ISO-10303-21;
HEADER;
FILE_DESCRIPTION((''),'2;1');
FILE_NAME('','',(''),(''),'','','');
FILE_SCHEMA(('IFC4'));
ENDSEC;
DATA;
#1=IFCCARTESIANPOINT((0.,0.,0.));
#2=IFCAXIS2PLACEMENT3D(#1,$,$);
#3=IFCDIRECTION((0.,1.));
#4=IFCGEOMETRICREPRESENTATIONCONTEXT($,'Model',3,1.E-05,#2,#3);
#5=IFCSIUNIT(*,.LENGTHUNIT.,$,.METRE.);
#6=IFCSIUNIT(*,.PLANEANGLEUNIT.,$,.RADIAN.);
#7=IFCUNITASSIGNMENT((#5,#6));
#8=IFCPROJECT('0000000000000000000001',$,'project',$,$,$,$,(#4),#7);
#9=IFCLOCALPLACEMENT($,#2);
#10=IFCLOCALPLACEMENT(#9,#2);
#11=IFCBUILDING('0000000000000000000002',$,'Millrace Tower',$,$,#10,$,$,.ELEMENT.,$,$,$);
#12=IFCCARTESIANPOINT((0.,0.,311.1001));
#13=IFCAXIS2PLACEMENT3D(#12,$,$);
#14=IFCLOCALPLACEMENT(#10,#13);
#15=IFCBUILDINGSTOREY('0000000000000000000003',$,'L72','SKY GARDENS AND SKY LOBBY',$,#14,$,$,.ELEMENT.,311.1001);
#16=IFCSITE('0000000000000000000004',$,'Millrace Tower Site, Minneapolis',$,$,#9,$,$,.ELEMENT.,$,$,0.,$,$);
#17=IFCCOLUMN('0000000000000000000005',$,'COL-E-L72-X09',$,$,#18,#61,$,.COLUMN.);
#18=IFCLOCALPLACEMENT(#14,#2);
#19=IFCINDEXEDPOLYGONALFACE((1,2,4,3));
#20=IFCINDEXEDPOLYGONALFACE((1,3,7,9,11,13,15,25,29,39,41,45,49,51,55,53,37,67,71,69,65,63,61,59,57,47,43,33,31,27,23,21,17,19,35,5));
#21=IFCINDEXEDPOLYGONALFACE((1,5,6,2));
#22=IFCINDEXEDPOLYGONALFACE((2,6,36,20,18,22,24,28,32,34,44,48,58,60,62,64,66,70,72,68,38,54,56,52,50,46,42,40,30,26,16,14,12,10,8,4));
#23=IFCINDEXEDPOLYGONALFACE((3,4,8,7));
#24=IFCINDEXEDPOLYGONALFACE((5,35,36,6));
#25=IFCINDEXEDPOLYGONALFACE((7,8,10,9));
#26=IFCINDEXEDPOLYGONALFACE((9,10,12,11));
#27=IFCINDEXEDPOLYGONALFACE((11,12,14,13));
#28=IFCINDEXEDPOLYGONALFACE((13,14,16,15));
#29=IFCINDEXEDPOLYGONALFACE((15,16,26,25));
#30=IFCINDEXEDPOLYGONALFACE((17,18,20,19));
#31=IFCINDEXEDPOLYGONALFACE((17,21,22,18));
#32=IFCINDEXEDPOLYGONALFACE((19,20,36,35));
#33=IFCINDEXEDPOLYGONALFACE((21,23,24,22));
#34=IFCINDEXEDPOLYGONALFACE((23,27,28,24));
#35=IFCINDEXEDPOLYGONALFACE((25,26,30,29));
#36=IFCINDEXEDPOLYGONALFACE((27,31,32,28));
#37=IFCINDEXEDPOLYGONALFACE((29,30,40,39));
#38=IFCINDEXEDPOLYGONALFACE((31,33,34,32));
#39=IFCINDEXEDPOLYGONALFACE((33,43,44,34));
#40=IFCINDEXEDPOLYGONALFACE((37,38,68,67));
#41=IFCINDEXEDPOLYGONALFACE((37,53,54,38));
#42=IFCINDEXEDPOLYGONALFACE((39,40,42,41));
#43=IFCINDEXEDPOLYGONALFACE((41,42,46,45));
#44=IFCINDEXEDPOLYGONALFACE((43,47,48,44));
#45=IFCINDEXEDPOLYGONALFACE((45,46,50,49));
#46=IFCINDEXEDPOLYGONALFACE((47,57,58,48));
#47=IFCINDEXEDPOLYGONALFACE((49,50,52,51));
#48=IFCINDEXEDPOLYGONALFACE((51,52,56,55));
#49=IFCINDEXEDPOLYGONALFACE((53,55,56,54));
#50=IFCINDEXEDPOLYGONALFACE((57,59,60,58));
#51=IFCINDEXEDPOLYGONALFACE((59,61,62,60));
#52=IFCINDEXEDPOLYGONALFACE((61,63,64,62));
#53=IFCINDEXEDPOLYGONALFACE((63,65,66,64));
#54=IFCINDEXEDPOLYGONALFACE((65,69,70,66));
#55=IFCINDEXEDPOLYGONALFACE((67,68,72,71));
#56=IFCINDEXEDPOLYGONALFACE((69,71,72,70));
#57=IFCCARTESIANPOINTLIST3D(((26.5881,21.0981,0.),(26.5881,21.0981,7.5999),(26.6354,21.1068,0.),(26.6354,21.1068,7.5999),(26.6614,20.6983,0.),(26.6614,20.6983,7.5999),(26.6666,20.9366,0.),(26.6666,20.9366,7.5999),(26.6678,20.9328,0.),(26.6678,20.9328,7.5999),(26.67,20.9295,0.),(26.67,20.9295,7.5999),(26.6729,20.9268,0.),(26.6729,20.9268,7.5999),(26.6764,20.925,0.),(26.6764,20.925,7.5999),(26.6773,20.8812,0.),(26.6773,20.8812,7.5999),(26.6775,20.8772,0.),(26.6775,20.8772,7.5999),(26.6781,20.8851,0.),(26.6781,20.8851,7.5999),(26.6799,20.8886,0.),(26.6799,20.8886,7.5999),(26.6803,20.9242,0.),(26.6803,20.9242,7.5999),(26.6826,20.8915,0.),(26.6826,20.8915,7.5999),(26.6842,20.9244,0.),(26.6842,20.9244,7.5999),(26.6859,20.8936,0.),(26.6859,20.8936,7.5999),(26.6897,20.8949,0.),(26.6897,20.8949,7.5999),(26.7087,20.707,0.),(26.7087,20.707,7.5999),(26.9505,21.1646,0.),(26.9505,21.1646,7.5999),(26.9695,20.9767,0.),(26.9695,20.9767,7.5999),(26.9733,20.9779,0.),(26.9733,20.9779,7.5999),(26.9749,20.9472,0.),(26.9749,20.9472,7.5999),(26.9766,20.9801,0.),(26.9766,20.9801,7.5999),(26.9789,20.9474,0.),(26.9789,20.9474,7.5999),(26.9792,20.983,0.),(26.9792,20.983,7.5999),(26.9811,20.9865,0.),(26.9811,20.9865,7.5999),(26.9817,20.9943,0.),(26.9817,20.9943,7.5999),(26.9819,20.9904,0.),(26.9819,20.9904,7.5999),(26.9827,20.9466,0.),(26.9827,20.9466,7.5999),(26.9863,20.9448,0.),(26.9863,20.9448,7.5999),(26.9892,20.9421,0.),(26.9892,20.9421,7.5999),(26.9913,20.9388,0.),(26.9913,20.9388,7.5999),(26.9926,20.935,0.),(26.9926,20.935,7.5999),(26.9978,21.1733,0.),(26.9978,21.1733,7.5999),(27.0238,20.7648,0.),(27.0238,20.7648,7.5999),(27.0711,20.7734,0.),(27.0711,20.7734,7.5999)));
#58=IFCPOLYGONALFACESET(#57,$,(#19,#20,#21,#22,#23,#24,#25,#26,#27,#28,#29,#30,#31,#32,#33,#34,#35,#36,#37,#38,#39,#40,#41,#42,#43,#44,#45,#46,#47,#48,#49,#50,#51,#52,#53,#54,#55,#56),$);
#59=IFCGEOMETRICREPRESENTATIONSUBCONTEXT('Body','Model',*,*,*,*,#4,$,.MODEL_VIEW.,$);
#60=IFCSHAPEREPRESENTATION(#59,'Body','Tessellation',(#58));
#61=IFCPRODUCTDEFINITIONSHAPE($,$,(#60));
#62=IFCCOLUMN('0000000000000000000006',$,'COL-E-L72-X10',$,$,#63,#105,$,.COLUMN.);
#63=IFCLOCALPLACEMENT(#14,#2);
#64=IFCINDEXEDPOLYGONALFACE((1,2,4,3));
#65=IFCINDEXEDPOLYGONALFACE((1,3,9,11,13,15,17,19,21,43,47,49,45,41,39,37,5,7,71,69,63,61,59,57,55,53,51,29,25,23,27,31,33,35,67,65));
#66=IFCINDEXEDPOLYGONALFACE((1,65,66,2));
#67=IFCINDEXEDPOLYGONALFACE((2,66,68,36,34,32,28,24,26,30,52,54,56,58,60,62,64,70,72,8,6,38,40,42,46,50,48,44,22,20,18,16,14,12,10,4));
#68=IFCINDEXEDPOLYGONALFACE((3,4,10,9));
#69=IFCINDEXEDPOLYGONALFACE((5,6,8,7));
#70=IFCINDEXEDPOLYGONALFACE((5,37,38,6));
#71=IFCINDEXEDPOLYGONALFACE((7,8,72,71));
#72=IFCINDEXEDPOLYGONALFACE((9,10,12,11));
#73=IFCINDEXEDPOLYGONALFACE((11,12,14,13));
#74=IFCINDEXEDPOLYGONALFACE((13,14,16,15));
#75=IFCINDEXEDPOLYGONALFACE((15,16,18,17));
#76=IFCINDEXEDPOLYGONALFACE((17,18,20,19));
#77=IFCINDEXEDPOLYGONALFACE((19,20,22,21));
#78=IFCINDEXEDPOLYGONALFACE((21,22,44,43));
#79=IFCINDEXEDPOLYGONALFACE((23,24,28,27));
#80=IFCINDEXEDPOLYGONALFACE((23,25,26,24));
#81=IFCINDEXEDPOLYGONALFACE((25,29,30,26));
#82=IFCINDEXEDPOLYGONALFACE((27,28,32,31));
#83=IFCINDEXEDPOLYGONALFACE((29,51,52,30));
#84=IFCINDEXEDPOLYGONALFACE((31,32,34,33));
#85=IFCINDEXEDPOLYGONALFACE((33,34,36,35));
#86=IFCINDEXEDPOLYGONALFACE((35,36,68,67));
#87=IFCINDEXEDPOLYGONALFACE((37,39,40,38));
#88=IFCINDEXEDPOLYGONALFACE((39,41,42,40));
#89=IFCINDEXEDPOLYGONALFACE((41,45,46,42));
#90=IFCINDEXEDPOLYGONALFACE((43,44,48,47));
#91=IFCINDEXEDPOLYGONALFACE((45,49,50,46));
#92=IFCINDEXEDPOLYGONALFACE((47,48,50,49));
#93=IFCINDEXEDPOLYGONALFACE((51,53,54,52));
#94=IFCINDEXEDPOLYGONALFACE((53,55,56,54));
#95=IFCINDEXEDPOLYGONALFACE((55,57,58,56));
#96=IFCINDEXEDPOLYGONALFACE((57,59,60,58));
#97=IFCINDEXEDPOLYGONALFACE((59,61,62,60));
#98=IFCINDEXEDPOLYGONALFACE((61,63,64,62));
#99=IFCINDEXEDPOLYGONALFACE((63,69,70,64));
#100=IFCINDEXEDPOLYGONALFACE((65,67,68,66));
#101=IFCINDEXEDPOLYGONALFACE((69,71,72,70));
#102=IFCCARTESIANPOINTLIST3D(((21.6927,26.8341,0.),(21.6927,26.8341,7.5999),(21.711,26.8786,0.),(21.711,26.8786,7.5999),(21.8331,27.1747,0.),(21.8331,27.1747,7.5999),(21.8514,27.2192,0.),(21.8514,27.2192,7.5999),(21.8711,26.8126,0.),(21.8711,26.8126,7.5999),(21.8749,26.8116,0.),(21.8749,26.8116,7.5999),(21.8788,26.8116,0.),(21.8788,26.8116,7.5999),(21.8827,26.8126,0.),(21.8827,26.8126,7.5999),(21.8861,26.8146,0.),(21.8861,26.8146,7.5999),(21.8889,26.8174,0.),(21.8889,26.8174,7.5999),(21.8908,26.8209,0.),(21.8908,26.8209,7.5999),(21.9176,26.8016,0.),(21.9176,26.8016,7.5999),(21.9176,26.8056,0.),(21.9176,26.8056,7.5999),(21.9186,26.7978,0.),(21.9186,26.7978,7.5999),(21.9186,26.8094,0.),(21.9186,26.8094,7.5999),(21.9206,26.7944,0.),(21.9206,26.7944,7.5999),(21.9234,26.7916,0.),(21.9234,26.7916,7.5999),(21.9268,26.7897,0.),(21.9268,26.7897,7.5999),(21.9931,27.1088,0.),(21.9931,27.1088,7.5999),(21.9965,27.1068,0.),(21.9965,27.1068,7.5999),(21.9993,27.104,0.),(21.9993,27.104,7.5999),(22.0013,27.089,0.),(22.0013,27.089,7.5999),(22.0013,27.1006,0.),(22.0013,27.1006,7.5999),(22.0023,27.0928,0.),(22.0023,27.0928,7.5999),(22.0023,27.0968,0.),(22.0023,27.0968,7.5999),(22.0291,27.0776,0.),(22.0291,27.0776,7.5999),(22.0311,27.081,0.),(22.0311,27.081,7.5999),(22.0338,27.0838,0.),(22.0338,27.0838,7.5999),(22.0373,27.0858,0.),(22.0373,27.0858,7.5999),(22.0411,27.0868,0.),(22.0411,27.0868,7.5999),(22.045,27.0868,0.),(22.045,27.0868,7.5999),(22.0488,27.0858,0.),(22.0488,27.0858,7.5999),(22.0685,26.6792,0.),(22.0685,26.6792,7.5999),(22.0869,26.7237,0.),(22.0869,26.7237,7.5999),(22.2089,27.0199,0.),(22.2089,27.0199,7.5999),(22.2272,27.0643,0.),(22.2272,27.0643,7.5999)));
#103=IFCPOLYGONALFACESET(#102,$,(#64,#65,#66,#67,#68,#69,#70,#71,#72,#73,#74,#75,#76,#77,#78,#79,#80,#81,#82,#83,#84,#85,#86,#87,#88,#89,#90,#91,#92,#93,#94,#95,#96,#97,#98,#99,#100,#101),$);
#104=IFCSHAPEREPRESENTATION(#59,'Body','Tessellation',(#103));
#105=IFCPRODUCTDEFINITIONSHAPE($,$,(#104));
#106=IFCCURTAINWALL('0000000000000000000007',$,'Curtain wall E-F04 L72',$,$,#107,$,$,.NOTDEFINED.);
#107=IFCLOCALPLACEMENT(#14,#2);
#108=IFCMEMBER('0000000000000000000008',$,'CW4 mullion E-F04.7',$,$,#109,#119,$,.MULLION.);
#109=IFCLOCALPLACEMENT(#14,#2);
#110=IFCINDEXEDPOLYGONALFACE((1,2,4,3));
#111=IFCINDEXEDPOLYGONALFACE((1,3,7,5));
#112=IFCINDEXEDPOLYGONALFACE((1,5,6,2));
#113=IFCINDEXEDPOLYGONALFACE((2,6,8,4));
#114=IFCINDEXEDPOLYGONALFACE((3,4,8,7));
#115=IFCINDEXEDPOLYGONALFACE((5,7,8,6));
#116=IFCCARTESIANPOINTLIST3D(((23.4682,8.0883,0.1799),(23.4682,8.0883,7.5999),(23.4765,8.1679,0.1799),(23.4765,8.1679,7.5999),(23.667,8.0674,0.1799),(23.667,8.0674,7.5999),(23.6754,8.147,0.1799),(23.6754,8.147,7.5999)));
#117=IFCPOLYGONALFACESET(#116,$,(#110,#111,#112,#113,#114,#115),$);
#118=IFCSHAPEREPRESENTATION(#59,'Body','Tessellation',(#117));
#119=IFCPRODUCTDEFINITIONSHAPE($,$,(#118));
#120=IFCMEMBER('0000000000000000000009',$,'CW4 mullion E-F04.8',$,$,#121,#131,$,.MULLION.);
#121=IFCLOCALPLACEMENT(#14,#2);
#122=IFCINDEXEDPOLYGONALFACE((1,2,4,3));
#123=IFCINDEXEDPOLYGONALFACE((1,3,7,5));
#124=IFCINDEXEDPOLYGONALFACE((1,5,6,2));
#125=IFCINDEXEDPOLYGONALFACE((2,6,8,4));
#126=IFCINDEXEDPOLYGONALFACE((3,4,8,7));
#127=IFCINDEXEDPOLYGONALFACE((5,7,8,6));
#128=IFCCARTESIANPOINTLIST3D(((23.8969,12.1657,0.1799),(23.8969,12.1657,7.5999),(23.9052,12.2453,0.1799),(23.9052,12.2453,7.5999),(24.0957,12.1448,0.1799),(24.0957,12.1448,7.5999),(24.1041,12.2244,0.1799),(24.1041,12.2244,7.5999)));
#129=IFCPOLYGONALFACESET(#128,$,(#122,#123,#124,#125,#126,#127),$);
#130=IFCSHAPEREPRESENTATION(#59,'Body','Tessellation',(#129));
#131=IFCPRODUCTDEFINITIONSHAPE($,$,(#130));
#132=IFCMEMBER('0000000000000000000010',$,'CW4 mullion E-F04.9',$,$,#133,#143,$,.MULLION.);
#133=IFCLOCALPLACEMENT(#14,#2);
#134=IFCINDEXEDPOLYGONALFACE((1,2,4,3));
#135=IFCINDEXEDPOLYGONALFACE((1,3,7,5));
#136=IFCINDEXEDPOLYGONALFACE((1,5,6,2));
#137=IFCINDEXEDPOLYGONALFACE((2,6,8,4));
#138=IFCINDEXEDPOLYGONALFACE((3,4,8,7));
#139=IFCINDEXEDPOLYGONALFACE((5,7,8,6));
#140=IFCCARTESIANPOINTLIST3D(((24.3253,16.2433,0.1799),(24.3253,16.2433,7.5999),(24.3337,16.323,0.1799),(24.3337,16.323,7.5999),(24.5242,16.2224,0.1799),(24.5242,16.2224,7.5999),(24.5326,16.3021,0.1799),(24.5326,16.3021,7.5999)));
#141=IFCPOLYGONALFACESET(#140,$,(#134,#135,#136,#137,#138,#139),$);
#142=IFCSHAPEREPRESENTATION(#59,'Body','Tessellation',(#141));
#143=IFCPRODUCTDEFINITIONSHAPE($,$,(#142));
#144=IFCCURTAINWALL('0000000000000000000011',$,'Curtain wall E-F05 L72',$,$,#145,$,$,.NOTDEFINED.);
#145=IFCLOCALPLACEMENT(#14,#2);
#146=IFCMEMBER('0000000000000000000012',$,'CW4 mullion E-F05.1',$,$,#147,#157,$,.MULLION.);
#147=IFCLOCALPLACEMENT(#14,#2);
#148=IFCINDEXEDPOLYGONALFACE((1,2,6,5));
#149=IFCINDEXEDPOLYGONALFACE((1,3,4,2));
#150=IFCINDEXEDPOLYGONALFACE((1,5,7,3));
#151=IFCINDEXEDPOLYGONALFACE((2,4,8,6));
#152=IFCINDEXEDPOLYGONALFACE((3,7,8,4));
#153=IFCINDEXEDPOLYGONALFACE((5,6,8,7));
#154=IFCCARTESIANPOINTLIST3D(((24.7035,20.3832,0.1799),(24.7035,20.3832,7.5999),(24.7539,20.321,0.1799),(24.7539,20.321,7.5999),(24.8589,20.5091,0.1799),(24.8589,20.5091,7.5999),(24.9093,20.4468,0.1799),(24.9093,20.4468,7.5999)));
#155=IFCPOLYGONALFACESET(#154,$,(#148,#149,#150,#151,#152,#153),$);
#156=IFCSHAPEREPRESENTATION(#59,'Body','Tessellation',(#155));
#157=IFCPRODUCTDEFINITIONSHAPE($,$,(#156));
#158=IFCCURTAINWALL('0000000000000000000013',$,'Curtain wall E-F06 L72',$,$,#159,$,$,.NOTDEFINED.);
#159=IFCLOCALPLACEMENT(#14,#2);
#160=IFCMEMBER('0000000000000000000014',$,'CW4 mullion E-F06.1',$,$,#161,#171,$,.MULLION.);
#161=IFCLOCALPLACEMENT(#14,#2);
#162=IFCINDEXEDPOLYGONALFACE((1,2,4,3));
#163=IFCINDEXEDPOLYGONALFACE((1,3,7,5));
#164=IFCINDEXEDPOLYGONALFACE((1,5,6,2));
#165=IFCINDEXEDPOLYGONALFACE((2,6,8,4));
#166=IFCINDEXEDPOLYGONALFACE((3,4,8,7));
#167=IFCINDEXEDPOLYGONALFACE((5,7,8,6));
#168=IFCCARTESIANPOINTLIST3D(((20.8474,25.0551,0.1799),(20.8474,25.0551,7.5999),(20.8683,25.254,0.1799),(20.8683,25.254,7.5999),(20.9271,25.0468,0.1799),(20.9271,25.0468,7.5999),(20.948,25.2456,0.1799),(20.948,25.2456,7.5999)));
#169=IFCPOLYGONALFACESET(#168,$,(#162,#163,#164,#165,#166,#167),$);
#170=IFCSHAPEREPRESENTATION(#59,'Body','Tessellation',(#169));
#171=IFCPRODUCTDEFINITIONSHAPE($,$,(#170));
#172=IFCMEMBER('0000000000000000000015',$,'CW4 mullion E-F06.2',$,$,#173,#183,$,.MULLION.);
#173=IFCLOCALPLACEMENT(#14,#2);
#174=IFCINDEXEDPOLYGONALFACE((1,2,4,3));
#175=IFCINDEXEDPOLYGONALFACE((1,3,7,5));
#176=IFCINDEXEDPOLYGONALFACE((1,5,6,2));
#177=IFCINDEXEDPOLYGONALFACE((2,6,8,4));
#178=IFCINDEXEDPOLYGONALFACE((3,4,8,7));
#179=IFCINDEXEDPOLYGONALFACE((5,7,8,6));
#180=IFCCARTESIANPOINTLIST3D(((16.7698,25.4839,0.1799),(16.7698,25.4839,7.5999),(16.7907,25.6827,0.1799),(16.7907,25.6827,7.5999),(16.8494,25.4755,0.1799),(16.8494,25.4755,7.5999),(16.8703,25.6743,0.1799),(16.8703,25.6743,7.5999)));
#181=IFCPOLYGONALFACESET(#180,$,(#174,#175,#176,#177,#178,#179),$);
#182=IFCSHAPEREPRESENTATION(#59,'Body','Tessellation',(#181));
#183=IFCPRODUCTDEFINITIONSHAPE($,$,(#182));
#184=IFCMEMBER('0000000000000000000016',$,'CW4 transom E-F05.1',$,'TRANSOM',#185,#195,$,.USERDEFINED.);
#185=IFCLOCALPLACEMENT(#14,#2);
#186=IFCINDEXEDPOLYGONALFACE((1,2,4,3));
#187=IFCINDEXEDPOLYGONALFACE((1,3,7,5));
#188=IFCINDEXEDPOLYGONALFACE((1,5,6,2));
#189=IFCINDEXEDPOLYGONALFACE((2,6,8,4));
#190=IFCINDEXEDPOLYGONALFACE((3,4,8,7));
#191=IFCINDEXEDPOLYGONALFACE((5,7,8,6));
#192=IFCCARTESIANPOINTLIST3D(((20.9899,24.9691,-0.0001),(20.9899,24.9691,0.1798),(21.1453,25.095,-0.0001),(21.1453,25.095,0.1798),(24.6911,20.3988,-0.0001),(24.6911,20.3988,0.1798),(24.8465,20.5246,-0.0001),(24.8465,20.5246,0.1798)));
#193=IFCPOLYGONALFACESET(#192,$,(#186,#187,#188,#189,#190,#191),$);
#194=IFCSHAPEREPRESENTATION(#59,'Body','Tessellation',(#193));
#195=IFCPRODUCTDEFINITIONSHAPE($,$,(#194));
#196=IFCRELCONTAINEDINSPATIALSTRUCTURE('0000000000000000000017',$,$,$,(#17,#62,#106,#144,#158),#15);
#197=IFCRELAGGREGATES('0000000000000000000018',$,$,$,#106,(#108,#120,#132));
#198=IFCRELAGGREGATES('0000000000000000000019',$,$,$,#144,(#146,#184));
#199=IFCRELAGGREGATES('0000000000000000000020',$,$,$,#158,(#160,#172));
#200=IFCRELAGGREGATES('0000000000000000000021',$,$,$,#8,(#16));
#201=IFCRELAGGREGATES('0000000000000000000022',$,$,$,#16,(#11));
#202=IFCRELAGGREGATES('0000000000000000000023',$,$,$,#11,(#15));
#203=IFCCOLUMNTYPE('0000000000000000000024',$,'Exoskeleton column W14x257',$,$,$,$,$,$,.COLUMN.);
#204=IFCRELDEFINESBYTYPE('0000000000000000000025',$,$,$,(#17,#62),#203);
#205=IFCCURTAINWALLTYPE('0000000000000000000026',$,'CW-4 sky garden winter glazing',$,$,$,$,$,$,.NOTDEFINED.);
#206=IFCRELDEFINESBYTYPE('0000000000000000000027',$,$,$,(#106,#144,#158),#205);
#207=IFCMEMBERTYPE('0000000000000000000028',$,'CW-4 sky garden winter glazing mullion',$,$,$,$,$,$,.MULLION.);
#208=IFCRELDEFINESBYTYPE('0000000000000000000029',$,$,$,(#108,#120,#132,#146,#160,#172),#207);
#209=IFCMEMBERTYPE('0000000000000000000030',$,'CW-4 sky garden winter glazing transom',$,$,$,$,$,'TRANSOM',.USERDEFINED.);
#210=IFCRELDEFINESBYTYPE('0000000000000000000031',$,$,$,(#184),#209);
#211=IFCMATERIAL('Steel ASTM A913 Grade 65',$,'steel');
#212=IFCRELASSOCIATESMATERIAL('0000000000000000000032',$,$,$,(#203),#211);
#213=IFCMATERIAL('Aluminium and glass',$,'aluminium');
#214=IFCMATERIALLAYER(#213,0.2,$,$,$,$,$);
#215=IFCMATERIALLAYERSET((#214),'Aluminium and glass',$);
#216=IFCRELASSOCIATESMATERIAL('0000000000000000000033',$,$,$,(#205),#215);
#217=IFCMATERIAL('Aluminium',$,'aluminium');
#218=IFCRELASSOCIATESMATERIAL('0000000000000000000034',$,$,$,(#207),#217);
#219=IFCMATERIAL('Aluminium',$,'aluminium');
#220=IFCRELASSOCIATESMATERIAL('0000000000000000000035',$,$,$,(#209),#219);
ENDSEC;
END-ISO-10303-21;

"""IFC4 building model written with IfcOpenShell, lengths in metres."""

from ifc_helpers import new_model, si_unit, direction, frame, origin, origin_2d, place, context, subcontext, project, spatial, rectangle, i_section, extrude, material, layer, layer_set, material_profile, profile_set, type_object, element, aggregate, save


model = new_model("IFC4")

# Units and contexts
model_context = context("Model", 3, precision=1e-05, world=origin(), true_north=direction((0.0, 1.0)))
body_context = subcontext(model_context, "Body", "Model", "MODEL_VIEW")
ifc_project = project(units=[si_unit("LENGTHUNIT", "METRE"), si_unit("PLANEANGLEUNIT", "RADIAN")], contexts=[model_context])

# Site, building, storey
site_placement = place(None, origin())
site = spatial("IfcSite", under=ifc_project, at=site_placement, Name="Millrace Tower Site, Minneapolis", CompositionType="ELEMENT", RefElevation=0.0)
building_placement = place(site_placement, origin())
building = spatial("IfcBuilding", under=site, at=building_placement, Name="Millrace Tower", CompositionType="ELEMENT")
storey_placement = place(building_placement, frame((0.0, 0.0, 311.1001)))
storey = spatial("IfcBuildingStorey", under=building, at=storey_placement, Name="L72", Description="SKY GARDENS AND SKY LOBBY", CompositionType="ELEMENT", Elevation=311.1001)

# Columns
ifc_material_1 = material(Name="Steel ASTM A913 Grade 65", Category="steel")
ifc_material_profile_1 = material_profile(ifc_material_1, i_section(OverallWidth=0.4065, OverallDepth=0.4165, WebThickness=0.03, FlangeThickness=0.0481, FilletRadius=0.0151, at=origin_2d()))
ifc_profile_set_1 = profile_set([ifc_material_profile_1], Name="Steel ASTM A913 Grade 65")
column_type = type_object("IfcColumnType", Name="Exoskeleton column W14x257", PredefinedType="COLUMN", material=ifc_profile_set_1)
for number, where, z_axis, x_axis, name in (
    (1, (26.8296, 20.9358, 0.0), (0.0, 0.0, 1.0), (-0.180387, 0.983596, 0.0), "COL-E-L72-X09"),
    (2, (21.96, 26.9492, 0.0), (0.0, 0.0, 1.0), (-0.924597, 0.380947, 0.0), "COL-E-L72-X10"),
):
    element("IfcColumn", number, at=place(storey_placement, frame(where, z_axis=z_axis, x_axis=x_axis)), inside=storey, type_object=column_type, Name=name, PredefinedType="COLUMN", context=body_context, shape_type="SweptSolid", body=[
        extrude(i_section(OverallWidth=0.4065, OverallDepth=0.4165, WebThickness=0.03, FlangeThickness=0.0481, FilletRadius=0.0151, at=origin_2d()), origin(), (0.0, 0.0, 1.0), 7.5999),
    ])

# Curtain wall, members
ifc_material_2 = material(Name="Aluminium and glass", Category="aluminium")
ifc_layer_1 = layer(ifc_material_2, 0.2)
ifc_layer_set_1 = layer_set([ifc_layer_1], Name="Aluminium and glass")
curtain_wall_type = type_object("IfcCurtainWallType", Name="CW-4 sky garden winter glazing", PredefinedType="NOTDEFINED", material=ifc_layer_set_1)
placement = place(storey_placement, origin())
curtain_wall_1 = element("IfcCurtainWall", 3, at=placement, inside=storey, type_object=curtain_wall_type, Name="Curtain wall E-F04 L72", PredefinedType="NOTDEFINED")
ifc_material_3 = material(Name="Aluminium", Category="aluminium")
ifc_material_profile_2 = material_profile(ifc_material_3, rectangle(XDim=0.0801, YDim=0.2, at=origin_2d()))
ifc_profile_set_2 = profile_set([ifc_material_profile_2], Name="Aluminium")
member_type_1 = type_object("IfcMemberType", Name="CW-4 sky garden winter glazing mullion", PredefinedType="MULLION", material=ifc_profile_set_2)
member_1_placement = place(storey_placement, frame((23.5718, 8.1177, 0.1799), z_axis=(0.0, 0.0, 1.0), x_axis=(0.104528, 0.994522, 0.0)))
member_1 = element("IfcMember", 4, at=member_1_placement, type_object=member_type_1, Name="CW4 mullion E-F04.7", PredefinedType="MULLION", context=body_context, shape_type="SweptSolid", body=[
    extrude(rectangle(XDim=0.0801, YDim=0.2, at=origin_2d()), origin(), (0.0, 0.0, 1.0), 7.4199),
])
member_2_placement = place(storey_placement, frame((24.0005, 12.1951, 0.1799), z_axis=(0.0, 0.0, 1.0), x_axis=(0.104528, 0.994522, 0.0)))
member_2 = element("IfcMember", 5, at=member_2_placement, type_object=member_type_1, Name="CW4 mullion E-F04.8", PredefinedType="MULLION", context=body_context, shape_type="SweptSolid", body=[
    extrude(rectangle(XDim=0.0801, YDim=0.2, at=origin_2d()), origin(), (0.0, 0.0, 1.0), 7.4199),
])
member_3_placement = place(storey_placement, frame((24.429, 16.2727, 0.1799), z_axis=(0.0, 0.0, 1.0), x_axis=(0.104528, 0.994522, 0.0)))
member_3 = element("IfcMember", 6, at=member_3_placement, type_object=member_type_1, Name="CW4 mullion E-F04.9", PredefinedType="MULLION", context=body_context, shape_type="SweptSolid", body=[
    extrude(rectangle(XDim=0.0801, YDim=0.2, at=origin_2d()), origin(), (0.0, 0.0, 1.0), 7.4199),
])
aggregate(curtain_wall_1, [member_1, member_2, member_3])

# Curtain wall, member
curtain_wall_2 = element("IfcCurtainWall", 7, at=placement, inside=storey, type_object=curtain_wall_type, Name="Curtain wall E-F05 L72", PredefinedType="NOTDEFINED")
member_4_placement = place(storey_placement, frame((24.8064, 20.415, 0.1799), z_axis=(0.0, 0.0, 1.0), x_axis=(-0.62932, 0.777146, 0.0)))
member_4 = element("IfcMember", 8, at=member_4_placement, type_object=member_type_1, Name="CW4 mullion E-F05.1", PredefinedType="MULLION", context=body_context, shape_type="SweptSolid", body=[
    extrude(rectangle(XDim=0.0801, YDim=0.2, at=origin_2d()), origin(), (0.0, 0.0, 1.0), 7.4199),
])

# Curtain wall, members
curtain_wall_3 = element("IfcCurtainWall", 9, at=placement, inside=storey, type_object=curtain_wall_type, Name="Curtain wall E-F06 L72", PredefinedType="NOTDEFINED")
member_5_placement = place(storey_placement, frame((20.8977, 25.1504, 0.1799), z_axis=(0.0, 0.0, 1.0), x_axis=(-0.994522, 0.104528, 0.0)))
member_5 = element("IfcMember", 10, at=member_5_placement, type_object=member_type_1, Name="CW4 mullion E-F06.1", PredefinedType="MULLION", context=body_context, shape_type="SweptSolid", body=[
    extrude(rectangle(XDim=0.0801, YDim=0.2, at=origin_2d()), origin(), (0.0, 0.0, 1.0), 7.4199),
])
member_6_placement = place(storey_placement, frame((16.8201, 25.5791, 0.1799), z_axis=(0.0, 0.0, 1.0), x_axis=(-0.994522, 0.104528, 0.0)))
member_6 = element("IfcMember", 11, at=member_6_placement, type_object=member_type_1, Name="CW4 mullion E-F06.2", PredefinedType="MULLION", context=body_context, shape_type="SweptSolid", body=[
    extrude(rectangle(XDim=0.0801, YDim=0.2, at=origin_2d()), origin(), (0.0, 0.0, 1.0), 7.4199),
])

# Member
ifc_material_4 = material(Name="Aluminium", Category="aluminium")
ifc_material_profile_3 = material_profile(ifc_material_4, rectangle(XDim=0.2, YDim=0.1799, at=origin_2d()))
ifc_profile_set_3 = profile_set([ifc_material_profile_3], Name="Aluminium")
member_type_2 = type_object("IfcMemberType", Name="CW-4 sky garden winter glazing transom", ElementType="TRANSOM", PredefinedType="USERDEFINED", material=ifc_profile_set_3)
member_7_placement = place(storey_placement, frame((24.7688, 20.4617, 0.0898), z_axis=(-0.629342, 0.777129, 0.0), x_axis=(-0.777129, -0.629342, 0.0)))
member_7 = element("IfcMember", 12, at=member_7_placement, type_object=member_type_2, Name="CW4 transom E-F05.1", ObjectType="TRANSOM", PredefinedType="USERDEFINED", context=body_context, shape_type="SweptSolid", body=[
    extrude(rectangle(XDim=0.2, YDim=0.1799, at=origin_2d()), origin(), (0.0, 0.0, 1.0), 5.8811),
])
aggregate(curtain_wall_2, [member_4, member_7])
aggregate(curtain_wall_3, [member_5, member_6])

save(model, "model.ifc")
